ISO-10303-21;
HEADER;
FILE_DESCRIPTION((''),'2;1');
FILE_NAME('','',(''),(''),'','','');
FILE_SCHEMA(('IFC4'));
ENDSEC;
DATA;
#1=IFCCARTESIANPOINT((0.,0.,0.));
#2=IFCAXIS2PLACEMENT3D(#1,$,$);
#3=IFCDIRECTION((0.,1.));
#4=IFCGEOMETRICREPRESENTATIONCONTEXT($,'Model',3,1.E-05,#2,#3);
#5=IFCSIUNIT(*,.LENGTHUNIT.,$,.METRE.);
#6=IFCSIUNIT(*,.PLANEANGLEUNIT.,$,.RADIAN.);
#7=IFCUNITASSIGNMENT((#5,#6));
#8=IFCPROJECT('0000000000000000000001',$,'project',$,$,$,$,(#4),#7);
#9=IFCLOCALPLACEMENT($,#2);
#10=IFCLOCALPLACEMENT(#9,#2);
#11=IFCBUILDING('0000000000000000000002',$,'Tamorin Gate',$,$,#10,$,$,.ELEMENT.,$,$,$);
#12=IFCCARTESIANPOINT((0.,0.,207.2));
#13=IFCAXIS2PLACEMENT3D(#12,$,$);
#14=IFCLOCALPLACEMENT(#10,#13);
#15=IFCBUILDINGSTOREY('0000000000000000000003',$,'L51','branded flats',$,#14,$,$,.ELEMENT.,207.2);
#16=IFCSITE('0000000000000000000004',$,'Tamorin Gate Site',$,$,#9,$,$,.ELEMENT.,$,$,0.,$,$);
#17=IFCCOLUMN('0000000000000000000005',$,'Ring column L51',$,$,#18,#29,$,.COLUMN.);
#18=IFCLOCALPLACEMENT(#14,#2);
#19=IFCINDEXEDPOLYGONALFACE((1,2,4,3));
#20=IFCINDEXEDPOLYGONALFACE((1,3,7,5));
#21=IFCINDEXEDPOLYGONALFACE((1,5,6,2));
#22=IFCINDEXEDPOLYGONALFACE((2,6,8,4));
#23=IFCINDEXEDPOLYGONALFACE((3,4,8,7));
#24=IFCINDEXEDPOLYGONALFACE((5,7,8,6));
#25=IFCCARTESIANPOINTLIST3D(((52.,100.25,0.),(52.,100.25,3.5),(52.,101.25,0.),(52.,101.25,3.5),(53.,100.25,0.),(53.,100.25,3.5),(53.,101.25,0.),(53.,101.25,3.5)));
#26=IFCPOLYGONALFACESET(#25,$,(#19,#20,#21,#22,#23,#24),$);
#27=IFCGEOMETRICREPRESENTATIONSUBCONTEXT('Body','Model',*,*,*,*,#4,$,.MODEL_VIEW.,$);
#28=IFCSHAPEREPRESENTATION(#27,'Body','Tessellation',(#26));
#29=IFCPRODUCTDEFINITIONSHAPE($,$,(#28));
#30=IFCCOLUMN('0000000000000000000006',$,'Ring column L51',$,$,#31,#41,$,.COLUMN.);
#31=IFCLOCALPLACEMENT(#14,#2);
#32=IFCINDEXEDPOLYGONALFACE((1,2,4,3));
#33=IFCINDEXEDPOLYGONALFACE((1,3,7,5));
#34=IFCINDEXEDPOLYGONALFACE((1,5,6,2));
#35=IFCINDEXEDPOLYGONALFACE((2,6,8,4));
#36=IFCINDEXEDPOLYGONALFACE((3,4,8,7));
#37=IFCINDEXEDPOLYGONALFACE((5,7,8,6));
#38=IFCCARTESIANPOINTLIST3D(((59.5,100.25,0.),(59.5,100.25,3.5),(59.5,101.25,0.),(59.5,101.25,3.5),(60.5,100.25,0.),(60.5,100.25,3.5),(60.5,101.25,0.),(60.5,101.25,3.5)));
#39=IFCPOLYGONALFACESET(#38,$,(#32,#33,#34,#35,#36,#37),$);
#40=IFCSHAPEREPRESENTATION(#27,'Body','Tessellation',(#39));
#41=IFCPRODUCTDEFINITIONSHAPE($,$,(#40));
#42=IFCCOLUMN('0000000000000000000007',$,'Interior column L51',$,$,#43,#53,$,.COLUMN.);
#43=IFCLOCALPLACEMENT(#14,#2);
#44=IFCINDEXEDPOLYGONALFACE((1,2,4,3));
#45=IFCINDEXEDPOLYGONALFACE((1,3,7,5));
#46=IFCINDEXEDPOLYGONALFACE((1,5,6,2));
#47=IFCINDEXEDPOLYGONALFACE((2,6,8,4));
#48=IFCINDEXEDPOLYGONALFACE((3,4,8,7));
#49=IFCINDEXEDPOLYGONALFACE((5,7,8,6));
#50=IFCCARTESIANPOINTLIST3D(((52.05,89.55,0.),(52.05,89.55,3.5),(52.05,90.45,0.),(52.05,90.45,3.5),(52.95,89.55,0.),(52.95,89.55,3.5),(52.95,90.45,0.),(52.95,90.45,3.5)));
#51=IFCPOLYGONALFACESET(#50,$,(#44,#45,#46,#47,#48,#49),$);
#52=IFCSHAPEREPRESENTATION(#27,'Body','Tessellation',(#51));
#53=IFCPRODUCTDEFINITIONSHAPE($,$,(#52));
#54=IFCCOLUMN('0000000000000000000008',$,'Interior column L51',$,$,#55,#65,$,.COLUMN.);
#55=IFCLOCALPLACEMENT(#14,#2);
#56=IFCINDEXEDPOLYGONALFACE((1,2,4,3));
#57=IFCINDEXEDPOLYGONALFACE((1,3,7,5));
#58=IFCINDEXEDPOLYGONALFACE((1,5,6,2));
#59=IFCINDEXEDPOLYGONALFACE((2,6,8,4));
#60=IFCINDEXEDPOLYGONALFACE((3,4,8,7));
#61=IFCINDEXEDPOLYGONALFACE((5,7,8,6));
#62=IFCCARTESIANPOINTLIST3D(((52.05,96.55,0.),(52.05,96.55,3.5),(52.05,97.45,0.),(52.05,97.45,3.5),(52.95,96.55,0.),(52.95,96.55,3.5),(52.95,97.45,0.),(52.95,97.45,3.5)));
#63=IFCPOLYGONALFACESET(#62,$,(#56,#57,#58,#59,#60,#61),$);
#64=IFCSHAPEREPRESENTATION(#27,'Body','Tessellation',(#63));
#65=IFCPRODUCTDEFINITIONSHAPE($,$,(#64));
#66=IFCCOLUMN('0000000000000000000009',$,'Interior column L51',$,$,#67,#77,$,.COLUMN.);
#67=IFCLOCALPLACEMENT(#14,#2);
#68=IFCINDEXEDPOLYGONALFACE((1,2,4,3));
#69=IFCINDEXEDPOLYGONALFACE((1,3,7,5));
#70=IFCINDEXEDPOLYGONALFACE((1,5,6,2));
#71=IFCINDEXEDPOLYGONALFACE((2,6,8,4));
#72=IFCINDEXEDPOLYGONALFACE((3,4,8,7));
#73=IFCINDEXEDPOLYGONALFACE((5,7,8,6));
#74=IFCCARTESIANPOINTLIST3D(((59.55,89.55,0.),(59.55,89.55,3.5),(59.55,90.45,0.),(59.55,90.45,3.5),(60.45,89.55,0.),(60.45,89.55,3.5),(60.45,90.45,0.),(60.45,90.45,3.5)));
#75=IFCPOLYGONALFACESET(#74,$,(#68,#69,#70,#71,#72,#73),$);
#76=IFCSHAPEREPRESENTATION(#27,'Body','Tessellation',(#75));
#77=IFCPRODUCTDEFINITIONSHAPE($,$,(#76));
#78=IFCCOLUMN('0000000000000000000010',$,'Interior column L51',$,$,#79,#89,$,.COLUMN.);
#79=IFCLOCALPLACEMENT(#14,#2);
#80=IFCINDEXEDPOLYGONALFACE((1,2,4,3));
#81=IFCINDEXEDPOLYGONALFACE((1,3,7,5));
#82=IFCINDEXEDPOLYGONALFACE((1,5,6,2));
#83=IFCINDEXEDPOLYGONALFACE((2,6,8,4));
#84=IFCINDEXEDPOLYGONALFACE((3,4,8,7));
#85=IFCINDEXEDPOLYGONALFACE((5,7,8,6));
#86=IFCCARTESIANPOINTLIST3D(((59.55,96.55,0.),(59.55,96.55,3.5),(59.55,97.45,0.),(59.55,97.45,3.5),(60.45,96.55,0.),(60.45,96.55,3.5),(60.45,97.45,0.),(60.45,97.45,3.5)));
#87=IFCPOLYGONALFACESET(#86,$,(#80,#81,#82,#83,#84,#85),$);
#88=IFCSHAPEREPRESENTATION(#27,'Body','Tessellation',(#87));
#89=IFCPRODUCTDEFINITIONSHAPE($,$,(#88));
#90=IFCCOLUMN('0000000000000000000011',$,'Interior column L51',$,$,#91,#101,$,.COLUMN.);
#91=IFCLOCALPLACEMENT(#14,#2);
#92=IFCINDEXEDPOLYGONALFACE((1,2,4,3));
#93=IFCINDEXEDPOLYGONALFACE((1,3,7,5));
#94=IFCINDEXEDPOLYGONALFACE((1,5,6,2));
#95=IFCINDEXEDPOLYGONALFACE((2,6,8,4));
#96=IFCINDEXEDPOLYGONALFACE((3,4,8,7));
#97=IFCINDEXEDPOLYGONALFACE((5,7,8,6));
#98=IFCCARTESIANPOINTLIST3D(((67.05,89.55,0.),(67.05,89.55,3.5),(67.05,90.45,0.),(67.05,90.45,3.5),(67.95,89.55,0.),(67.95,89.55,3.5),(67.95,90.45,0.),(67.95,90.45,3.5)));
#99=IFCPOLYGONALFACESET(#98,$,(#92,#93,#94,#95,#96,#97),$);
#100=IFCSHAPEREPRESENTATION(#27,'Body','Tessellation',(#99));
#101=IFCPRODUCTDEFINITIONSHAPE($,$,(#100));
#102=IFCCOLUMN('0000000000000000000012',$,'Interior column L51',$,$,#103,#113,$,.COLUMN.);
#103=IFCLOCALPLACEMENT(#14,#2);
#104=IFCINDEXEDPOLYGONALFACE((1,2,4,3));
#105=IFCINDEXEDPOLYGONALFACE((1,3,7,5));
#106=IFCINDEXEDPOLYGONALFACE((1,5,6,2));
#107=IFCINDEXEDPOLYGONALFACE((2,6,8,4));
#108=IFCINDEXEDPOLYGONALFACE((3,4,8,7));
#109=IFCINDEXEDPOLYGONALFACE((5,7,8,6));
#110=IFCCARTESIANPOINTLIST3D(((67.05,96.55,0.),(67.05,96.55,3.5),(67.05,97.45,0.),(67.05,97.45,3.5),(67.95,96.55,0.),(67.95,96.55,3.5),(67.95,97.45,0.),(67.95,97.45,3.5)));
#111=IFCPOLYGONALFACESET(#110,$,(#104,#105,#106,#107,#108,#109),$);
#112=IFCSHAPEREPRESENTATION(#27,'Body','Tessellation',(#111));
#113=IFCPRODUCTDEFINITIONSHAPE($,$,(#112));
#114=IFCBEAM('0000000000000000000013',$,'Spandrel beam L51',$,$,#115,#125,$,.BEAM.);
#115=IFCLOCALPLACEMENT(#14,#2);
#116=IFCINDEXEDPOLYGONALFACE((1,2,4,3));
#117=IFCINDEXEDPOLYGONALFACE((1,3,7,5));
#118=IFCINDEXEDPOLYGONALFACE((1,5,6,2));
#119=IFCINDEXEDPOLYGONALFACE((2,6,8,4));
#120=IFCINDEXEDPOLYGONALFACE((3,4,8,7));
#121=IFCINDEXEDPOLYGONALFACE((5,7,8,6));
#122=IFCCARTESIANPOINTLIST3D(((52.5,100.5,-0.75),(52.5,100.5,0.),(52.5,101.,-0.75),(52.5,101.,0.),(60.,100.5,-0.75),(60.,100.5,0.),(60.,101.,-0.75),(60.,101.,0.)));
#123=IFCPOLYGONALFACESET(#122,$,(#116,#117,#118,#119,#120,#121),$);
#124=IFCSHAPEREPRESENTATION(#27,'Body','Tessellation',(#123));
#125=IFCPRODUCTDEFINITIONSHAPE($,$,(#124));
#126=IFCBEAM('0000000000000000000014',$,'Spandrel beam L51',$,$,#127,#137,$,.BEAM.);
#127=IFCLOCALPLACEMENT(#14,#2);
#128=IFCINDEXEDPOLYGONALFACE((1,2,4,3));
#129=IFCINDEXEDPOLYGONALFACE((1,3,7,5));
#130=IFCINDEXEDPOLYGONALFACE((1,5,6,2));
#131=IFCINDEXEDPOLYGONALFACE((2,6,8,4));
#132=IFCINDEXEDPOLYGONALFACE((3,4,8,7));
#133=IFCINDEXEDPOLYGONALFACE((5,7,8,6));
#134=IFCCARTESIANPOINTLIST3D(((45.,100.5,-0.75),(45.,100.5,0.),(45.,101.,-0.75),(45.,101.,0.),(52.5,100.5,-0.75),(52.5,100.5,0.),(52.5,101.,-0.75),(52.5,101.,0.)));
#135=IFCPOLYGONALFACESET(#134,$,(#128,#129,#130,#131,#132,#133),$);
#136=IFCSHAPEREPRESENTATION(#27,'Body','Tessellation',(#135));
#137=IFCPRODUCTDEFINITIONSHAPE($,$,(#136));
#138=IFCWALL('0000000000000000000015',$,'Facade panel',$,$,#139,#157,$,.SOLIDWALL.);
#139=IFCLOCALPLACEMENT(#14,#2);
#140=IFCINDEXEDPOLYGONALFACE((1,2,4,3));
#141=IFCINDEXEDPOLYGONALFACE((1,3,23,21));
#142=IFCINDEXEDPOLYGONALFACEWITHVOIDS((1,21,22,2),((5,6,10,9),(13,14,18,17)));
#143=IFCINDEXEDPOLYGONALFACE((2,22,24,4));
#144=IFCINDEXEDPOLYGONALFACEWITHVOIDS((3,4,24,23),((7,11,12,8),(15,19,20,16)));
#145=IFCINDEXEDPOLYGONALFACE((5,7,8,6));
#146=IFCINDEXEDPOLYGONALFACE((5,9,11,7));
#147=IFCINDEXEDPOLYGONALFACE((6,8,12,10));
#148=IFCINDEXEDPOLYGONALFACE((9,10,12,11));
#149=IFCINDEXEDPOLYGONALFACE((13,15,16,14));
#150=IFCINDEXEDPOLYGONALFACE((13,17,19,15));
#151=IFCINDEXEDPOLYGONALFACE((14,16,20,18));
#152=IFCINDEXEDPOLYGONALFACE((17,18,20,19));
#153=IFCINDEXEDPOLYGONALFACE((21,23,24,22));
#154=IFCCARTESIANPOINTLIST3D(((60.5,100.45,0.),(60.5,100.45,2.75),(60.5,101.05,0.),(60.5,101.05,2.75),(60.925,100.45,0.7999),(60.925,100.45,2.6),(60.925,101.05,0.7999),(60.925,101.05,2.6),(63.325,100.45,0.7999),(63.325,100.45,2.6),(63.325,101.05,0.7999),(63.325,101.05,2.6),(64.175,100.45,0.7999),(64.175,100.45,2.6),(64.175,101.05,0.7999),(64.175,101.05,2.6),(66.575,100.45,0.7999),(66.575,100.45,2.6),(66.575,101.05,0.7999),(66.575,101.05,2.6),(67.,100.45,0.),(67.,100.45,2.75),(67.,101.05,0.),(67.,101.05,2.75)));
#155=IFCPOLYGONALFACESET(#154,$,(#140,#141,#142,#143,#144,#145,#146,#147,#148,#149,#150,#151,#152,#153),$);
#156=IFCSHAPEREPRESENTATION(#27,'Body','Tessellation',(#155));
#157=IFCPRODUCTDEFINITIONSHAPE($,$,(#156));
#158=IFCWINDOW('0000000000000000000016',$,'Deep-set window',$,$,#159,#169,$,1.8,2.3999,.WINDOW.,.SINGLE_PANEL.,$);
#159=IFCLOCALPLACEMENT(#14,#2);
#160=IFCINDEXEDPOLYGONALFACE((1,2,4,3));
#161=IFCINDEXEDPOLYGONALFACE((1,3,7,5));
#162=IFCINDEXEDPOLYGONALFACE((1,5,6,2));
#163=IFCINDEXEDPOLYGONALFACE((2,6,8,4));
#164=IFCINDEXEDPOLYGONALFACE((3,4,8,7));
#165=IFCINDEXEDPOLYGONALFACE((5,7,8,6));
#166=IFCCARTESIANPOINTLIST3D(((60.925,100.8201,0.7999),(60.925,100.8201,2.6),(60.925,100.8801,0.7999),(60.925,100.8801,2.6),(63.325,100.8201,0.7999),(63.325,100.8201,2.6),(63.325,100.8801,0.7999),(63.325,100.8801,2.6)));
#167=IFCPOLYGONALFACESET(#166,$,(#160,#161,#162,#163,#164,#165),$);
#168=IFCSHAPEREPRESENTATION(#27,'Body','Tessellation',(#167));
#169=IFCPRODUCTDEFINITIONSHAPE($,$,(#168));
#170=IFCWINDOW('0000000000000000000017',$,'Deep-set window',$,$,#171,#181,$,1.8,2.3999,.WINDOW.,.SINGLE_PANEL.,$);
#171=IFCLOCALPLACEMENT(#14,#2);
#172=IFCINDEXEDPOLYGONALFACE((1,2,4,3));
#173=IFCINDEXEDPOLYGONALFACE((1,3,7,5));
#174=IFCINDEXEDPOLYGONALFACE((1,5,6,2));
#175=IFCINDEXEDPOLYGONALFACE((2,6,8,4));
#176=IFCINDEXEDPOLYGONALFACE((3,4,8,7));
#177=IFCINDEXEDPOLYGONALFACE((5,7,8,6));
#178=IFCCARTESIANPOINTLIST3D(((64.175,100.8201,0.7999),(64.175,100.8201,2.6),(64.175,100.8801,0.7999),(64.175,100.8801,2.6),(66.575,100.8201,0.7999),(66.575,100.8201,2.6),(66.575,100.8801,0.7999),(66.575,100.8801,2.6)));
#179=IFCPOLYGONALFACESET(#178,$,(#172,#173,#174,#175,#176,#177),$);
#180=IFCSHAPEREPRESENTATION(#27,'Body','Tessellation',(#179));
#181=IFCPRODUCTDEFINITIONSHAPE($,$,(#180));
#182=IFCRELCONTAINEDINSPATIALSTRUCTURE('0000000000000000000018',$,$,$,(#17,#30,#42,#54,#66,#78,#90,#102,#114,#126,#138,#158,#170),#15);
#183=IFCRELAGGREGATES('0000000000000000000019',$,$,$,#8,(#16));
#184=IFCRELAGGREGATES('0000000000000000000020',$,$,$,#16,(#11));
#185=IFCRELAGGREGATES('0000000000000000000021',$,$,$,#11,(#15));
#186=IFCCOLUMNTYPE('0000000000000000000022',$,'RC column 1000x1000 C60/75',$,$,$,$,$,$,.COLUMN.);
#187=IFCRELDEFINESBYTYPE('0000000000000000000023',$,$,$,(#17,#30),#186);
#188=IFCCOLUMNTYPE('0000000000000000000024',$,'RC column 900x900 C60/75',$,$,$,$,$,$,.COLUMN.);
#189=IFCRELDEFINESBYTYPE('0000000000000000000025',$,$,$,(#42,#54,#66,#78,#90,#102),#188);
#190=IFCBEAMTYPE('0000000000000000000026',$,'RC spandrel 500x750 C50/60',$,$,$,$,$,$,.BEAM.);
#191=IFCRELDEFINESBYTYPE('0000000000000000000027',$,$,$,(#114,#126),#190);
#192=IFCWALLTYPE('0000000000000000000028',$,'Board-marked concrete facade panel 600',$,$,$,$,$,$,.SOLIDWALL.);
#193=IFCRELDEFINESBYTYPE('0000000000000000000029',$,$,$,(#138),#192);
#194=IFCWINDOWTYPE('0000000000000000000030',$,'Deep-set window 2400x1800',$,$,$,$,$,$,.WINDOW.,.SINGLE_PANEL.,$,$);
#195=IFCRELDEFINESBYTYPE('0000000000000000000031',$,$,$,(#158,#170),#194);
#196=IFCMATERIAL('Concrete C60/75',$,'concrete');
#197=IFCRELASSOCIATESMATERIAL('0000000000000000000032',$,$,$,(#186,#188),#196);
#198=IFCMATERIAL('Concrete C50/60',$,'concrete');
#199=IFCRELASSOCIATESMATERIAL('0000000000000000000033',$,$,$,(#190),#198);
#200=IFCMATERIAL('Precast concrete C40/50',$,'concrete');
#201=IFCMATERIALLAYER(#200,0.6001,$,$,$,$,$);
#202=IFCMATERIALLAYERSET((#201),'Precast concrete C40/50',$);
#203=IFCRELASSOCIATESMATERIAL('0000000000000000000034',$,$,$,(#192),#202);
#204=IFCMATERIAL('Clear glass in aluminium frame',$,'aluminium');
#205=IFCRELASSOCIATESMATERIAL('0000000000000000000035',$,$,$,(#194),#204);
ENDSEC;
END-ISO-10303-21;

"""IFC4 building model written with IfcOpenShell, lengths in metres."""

from ifc_helpers import new_model, si_unit, direction, frame, frame_2d, origin, origin_2d, place, context, subcontext, project, spatial, rectangle, extrude, material, layer, layer_set, material_profile, profile_set, type_object, element, fill, save


model = new_model("IFC4")

# Units and contexts
model_context = context("Model", 3, precision=1e-05, world=origin(), true_north=direction((0.0, 1.0)))
body_context = subcontext(model_context, "Body", "Model", "MODEL_VIEW")
ifc_project = project(units=[si_unit("LENGTHUNIT", "METRE"), si_unit("PLANEANGLEUNIT", "RADIAN")], contexts=[model_context])

# Site, building, storey
site_placement = place(None, origin())
site = spatial("IfcSite", under=ifc_project, at=site_placement, Name="Tamorin Gate Site", CompositionType="ELEMENT", RefElevation=0.0)
building_placement = place(site_placement, origin())
building = spatial("IfcBuilding", under=site, at=building_placement, Name="Tamorin Gate", CompositionType="ELEMENT")
storey_placement = place(building_placement, frame((0.0, 0.0, 207.2)))
storey = spatial("IfcBuildingStorey", under=building, at=storey_placement, Name="L51", Description="branded flats", CompositionType="ELEMENT", Elevation=207.2)

# Columns
ifc_material_1 = material(Name="Concrete C60/75", Category="concrete")
ifc_material_profile_1 = material_profile(ifc_material_1, rectangle(XDim=1.0, YDim=1.0, at=origin_2d()), Name="RC 1000x1000")
ifc_profile_set_1 = profile_set([ifc_material_profile_1], Name="Concrete C60/75")
column_type_1 = type_object("IfcColumnType", Name="RC column 1000x1000 C60/75", PredefinedType="COLUMN", material=ifc_profile_set_1)
for number, where, z_axis, x_axis, name in (
    (1, (52.5, 100.75, 0.0), (0.0, 0.0, 1.0), (1.0, 0.0, 0.0), "Ring column L51"),
    (2, (60.0, 100.75, 0.0), (0.0, 0.0, 1.0), (1.0, 0.0, 0.0), "Ring column L51"),
):
    element("IfcColumn", number, at=place(storey_placement, frame(where, z_axis=z_axis, x_axis=x_axis)), inside=storey, type_object=column_type_1, Name=name, PredefinedType="COLUMN", context=body_context, shape_type="SweptSolid", body=[
        extrude(rectangle(XDim=1.0, YDim=1.0, at=origin_2d()), origin(), (0.0, 0.0, 1.0), 3.5),
    ])
ifc_material_profile_2 = material_profile(ifc_material_1, rectangle(XDim=0.8999, YDim=0.8999, at=origin_2d()), Name="RC 900x900")
ifc_profile_set_2 = profile_set([ifc_material_profile_2], Name="Concrete C60/75")
column_type_2 = type_object("IfcColumnType", Name="RC column 900x900 C60/75", PredefinedType="COLUMN", material=ifc_profile_set_2)
for number, where, z_axis, x_axis, name in (
    (3, (52.5, 90.0, 0.0), (0.0, 0.0, 1.0), (1.0, 0.0, 0.0), "Interior column L51"),
    (4, (52.5, 97.0, 0.0), (0.0, 0.0, 1.0), (1.0, 0.0, 0.0), "Interior column L51"),
    (5, (60.0, 90.0, 0.0), (0.0, 0.0, 1.0), (1.0, 0.0, 0.0), "Interior column L51"),
    (6, (60.0, 97.0, 0.0), (0.0, 0.0, 1.0), (1.0, 0.0, 0.0), "Interior column L51"),
    (7, (67.5, 90.0, 0.0), (0.0, 0.0, 1.0), (1.0, 0.0, 0.0), "Interior column L51"),
    (8, (67.5, 97.0, 0.0), (0.0, 0.0, 1.0), (1.0, 0.0, 0.0), "Interior column L51"),
):
    element("IfcColumn", number, at=place(storey_placement, frame(where, z_axis=z_axis, x_axis=x_axis)), inside=storey, type_object=column_type_2, Name=name, PredefinedType="COLUMN", context=body_context, shape_type="SweptSolid", body=[
        extrude(rectangle(XDim=0.8999, YDim=0.8999, at=origin_2d()), origin(), (0.0, 0.0, 1.0), 3.5),
    ])

# Beams
ifc_material_2 = material(Name="Concrete C50/60", Category="concrete")
ifc_material_profile_3 = material_profile(ifc_material_2, rectangle(XDim=0.5, YDim=0.75, at=origin_2d()), Name="RC 500x750")
ifc_profile_set_3 = profile_set([ifc_material_profile_3], Name="Concrete C50/60")
beam_type = type_object("IfcBeamType", Name="RC spandrel 500x750 C50/60", PredefinedType="BEAM", material=ifc_profile_set_3)
for number, where, z_axis, x_axis, name in (
    (9, (60.0, 100.75, -0.375), (-1.0, 0.0, 0.0), (0.0, -1.0, 0.0), "Spandrel beam L51"),
    (10, (52.5, 100.75, -0.375), (-1.0, 0.0, 0.0), (0.0, -1.0, 0.0), "Spandrel beam L51"),
):
    element("IfcBeam", number, at=place(storey_placement, frame(where, z_axis=z_axis, x_axis=x_axis)), inside=storey, type_object=beam_type, Name=name, PredefinedType="BEAM", context=body_context, shape_type="SweptSolid", body=[
        extrude(rectangle(XDim=0.5, YDim=0.75, at=origin_2d()), origin(), (0.0, 0.0, 1.0), 7.5),
    ])

# Wall, openings, windows
ifc_material_3 = material(Name="Precast concrete C40/50", Category="concrete")
ifc_layer_1 = layer(ifc_material_3, 0.6001)
ifc_layer_set_1 = layer_set([ifc_layer_1], Name="Precast concrete C40/50")
wall_type_1 = type_object("IfcWallType", Name="Board-marked concrete facade panel 600", PredefinedType="SOLIDWALL", material=ifc_layer_set_1)
wall_1_placement = place(storey_placement, frame((67.0, 100.75, 0.0), z_axis=(0.0, 0.0, 1.0), x_axis=(-1.0, 0.0, 0.0)))
wall_1 = element("IfcWall", 11, at=wall_1_placement, inside=storey, type_object=wall_type_1, Name="Facade panel", PredefinedType="SOLIDWALL", context=body_context, shape_type="SweptSolid", body=[
    extrude(rectangle(XDim=6.5, YDim=0.6001, at=frame_2d((3.25, 0.0))), origin(), (0.0, 0.0, 1.0), 2.75),
])
opening_1_placement = place(wall_1_placement, frame((3.675, 0.0, 0.8)))
opening_1 = element("IfcOpeningElement", 12, at=opening_1_placement, cuts=wall_1, PredefinedType="OPENING", context=body_context, shape_type="SweptSolid", body=[
    extrude(rectangle(XDim=2.3999, YDim=1.8, at=frame_2d((1.2, 0.8999))), frame((0.0, 0.3101, 0.0), z_axis=(0.0, -1.0, 0.0), x_axis=(1.0, 0.0, 0.0)), (0.0, 0.0, 1.0), 0.6201),
])
opening_2_placement = place(wall_1_placement, frame((0.425, 0.0, 0.8)))
opening_2 = element("IfcOpeningElement", 13, at=opening_2_placement, cuts=wall_1, PredefinedType="OPENING", context=body_context, shape_type="SweptSolid", body=[
    extrude(rectangle(XDim=2.3999, YDim=1.8, at=frame_2d((1.2, 0.8999))), frame((0.0, 0.3101, 0.0), z_axis=(0.0, -1.0, 0.0), x_axis=(1.0, 0.0, 0.0)), (0.0, 0.0, 1.0), 0.6201),
])
ifc_material_4 = material(Name="Clear glass in aluminium frame", Category="aluminium")
window_type = type_object("IfcWindowType", Name="Deep-set window 2400x1800", PartitioningType="SINGLE_PANEL", PredefinedType="WINDOW", material=ifc_material_4)
window_1_placement = place(opening_1_placement, origin())
window_1 = element("IfcWindow", 14, at=window_1_placement, inside=storey, type_object=window_type, Name="Deep-set window", OverallHeight=1.8, OverallWidth=2.3999, PartitioningType="SINGLE_PANEL", PredefinedType="WINDOW", context=body_context, shape_type="SweptSolid", body=[
    extrude(rectangle(XDim=2.3999, YDim=1.8, at=frame_2d((1.2, 0.8999))), frame((0.0, -0.0701, 0.0), z_axis=(0.0, -1.0, 0.0), x_axis=(1.0, 0.0, 0.0)), (0.0, 0.0, 1.0), 0.0601),
])
fill(opening_1, window_1)
window_2_placement = place(opening_2_placement, origin())
window_2 = element("IfcWindow", 15, at=window_2_placement, inside=storey, type_object=window_type, Name="Deep-set window", OverallHeight=1.8, OverallWidth=2.3999, PartitioningType="SINGLE_PANEL", PredefinedType="WINDOW", context=body_context, shape_type="SweptSolid", body=[
    extrude(rectangle(XDim=2.3999, YDim=1.8, at=frame_2d((1.2, 0.8999))), frame((0.0, -0.0701, 0.0), z_axis=(0.0, -1.0, 0.0), x_axis=(1.0, 0.0, 0.0)), (0.0, 0.0, 1.0), 0.0601),
])
fill(opening_2, window_2)

save(model, "model.ifc")
